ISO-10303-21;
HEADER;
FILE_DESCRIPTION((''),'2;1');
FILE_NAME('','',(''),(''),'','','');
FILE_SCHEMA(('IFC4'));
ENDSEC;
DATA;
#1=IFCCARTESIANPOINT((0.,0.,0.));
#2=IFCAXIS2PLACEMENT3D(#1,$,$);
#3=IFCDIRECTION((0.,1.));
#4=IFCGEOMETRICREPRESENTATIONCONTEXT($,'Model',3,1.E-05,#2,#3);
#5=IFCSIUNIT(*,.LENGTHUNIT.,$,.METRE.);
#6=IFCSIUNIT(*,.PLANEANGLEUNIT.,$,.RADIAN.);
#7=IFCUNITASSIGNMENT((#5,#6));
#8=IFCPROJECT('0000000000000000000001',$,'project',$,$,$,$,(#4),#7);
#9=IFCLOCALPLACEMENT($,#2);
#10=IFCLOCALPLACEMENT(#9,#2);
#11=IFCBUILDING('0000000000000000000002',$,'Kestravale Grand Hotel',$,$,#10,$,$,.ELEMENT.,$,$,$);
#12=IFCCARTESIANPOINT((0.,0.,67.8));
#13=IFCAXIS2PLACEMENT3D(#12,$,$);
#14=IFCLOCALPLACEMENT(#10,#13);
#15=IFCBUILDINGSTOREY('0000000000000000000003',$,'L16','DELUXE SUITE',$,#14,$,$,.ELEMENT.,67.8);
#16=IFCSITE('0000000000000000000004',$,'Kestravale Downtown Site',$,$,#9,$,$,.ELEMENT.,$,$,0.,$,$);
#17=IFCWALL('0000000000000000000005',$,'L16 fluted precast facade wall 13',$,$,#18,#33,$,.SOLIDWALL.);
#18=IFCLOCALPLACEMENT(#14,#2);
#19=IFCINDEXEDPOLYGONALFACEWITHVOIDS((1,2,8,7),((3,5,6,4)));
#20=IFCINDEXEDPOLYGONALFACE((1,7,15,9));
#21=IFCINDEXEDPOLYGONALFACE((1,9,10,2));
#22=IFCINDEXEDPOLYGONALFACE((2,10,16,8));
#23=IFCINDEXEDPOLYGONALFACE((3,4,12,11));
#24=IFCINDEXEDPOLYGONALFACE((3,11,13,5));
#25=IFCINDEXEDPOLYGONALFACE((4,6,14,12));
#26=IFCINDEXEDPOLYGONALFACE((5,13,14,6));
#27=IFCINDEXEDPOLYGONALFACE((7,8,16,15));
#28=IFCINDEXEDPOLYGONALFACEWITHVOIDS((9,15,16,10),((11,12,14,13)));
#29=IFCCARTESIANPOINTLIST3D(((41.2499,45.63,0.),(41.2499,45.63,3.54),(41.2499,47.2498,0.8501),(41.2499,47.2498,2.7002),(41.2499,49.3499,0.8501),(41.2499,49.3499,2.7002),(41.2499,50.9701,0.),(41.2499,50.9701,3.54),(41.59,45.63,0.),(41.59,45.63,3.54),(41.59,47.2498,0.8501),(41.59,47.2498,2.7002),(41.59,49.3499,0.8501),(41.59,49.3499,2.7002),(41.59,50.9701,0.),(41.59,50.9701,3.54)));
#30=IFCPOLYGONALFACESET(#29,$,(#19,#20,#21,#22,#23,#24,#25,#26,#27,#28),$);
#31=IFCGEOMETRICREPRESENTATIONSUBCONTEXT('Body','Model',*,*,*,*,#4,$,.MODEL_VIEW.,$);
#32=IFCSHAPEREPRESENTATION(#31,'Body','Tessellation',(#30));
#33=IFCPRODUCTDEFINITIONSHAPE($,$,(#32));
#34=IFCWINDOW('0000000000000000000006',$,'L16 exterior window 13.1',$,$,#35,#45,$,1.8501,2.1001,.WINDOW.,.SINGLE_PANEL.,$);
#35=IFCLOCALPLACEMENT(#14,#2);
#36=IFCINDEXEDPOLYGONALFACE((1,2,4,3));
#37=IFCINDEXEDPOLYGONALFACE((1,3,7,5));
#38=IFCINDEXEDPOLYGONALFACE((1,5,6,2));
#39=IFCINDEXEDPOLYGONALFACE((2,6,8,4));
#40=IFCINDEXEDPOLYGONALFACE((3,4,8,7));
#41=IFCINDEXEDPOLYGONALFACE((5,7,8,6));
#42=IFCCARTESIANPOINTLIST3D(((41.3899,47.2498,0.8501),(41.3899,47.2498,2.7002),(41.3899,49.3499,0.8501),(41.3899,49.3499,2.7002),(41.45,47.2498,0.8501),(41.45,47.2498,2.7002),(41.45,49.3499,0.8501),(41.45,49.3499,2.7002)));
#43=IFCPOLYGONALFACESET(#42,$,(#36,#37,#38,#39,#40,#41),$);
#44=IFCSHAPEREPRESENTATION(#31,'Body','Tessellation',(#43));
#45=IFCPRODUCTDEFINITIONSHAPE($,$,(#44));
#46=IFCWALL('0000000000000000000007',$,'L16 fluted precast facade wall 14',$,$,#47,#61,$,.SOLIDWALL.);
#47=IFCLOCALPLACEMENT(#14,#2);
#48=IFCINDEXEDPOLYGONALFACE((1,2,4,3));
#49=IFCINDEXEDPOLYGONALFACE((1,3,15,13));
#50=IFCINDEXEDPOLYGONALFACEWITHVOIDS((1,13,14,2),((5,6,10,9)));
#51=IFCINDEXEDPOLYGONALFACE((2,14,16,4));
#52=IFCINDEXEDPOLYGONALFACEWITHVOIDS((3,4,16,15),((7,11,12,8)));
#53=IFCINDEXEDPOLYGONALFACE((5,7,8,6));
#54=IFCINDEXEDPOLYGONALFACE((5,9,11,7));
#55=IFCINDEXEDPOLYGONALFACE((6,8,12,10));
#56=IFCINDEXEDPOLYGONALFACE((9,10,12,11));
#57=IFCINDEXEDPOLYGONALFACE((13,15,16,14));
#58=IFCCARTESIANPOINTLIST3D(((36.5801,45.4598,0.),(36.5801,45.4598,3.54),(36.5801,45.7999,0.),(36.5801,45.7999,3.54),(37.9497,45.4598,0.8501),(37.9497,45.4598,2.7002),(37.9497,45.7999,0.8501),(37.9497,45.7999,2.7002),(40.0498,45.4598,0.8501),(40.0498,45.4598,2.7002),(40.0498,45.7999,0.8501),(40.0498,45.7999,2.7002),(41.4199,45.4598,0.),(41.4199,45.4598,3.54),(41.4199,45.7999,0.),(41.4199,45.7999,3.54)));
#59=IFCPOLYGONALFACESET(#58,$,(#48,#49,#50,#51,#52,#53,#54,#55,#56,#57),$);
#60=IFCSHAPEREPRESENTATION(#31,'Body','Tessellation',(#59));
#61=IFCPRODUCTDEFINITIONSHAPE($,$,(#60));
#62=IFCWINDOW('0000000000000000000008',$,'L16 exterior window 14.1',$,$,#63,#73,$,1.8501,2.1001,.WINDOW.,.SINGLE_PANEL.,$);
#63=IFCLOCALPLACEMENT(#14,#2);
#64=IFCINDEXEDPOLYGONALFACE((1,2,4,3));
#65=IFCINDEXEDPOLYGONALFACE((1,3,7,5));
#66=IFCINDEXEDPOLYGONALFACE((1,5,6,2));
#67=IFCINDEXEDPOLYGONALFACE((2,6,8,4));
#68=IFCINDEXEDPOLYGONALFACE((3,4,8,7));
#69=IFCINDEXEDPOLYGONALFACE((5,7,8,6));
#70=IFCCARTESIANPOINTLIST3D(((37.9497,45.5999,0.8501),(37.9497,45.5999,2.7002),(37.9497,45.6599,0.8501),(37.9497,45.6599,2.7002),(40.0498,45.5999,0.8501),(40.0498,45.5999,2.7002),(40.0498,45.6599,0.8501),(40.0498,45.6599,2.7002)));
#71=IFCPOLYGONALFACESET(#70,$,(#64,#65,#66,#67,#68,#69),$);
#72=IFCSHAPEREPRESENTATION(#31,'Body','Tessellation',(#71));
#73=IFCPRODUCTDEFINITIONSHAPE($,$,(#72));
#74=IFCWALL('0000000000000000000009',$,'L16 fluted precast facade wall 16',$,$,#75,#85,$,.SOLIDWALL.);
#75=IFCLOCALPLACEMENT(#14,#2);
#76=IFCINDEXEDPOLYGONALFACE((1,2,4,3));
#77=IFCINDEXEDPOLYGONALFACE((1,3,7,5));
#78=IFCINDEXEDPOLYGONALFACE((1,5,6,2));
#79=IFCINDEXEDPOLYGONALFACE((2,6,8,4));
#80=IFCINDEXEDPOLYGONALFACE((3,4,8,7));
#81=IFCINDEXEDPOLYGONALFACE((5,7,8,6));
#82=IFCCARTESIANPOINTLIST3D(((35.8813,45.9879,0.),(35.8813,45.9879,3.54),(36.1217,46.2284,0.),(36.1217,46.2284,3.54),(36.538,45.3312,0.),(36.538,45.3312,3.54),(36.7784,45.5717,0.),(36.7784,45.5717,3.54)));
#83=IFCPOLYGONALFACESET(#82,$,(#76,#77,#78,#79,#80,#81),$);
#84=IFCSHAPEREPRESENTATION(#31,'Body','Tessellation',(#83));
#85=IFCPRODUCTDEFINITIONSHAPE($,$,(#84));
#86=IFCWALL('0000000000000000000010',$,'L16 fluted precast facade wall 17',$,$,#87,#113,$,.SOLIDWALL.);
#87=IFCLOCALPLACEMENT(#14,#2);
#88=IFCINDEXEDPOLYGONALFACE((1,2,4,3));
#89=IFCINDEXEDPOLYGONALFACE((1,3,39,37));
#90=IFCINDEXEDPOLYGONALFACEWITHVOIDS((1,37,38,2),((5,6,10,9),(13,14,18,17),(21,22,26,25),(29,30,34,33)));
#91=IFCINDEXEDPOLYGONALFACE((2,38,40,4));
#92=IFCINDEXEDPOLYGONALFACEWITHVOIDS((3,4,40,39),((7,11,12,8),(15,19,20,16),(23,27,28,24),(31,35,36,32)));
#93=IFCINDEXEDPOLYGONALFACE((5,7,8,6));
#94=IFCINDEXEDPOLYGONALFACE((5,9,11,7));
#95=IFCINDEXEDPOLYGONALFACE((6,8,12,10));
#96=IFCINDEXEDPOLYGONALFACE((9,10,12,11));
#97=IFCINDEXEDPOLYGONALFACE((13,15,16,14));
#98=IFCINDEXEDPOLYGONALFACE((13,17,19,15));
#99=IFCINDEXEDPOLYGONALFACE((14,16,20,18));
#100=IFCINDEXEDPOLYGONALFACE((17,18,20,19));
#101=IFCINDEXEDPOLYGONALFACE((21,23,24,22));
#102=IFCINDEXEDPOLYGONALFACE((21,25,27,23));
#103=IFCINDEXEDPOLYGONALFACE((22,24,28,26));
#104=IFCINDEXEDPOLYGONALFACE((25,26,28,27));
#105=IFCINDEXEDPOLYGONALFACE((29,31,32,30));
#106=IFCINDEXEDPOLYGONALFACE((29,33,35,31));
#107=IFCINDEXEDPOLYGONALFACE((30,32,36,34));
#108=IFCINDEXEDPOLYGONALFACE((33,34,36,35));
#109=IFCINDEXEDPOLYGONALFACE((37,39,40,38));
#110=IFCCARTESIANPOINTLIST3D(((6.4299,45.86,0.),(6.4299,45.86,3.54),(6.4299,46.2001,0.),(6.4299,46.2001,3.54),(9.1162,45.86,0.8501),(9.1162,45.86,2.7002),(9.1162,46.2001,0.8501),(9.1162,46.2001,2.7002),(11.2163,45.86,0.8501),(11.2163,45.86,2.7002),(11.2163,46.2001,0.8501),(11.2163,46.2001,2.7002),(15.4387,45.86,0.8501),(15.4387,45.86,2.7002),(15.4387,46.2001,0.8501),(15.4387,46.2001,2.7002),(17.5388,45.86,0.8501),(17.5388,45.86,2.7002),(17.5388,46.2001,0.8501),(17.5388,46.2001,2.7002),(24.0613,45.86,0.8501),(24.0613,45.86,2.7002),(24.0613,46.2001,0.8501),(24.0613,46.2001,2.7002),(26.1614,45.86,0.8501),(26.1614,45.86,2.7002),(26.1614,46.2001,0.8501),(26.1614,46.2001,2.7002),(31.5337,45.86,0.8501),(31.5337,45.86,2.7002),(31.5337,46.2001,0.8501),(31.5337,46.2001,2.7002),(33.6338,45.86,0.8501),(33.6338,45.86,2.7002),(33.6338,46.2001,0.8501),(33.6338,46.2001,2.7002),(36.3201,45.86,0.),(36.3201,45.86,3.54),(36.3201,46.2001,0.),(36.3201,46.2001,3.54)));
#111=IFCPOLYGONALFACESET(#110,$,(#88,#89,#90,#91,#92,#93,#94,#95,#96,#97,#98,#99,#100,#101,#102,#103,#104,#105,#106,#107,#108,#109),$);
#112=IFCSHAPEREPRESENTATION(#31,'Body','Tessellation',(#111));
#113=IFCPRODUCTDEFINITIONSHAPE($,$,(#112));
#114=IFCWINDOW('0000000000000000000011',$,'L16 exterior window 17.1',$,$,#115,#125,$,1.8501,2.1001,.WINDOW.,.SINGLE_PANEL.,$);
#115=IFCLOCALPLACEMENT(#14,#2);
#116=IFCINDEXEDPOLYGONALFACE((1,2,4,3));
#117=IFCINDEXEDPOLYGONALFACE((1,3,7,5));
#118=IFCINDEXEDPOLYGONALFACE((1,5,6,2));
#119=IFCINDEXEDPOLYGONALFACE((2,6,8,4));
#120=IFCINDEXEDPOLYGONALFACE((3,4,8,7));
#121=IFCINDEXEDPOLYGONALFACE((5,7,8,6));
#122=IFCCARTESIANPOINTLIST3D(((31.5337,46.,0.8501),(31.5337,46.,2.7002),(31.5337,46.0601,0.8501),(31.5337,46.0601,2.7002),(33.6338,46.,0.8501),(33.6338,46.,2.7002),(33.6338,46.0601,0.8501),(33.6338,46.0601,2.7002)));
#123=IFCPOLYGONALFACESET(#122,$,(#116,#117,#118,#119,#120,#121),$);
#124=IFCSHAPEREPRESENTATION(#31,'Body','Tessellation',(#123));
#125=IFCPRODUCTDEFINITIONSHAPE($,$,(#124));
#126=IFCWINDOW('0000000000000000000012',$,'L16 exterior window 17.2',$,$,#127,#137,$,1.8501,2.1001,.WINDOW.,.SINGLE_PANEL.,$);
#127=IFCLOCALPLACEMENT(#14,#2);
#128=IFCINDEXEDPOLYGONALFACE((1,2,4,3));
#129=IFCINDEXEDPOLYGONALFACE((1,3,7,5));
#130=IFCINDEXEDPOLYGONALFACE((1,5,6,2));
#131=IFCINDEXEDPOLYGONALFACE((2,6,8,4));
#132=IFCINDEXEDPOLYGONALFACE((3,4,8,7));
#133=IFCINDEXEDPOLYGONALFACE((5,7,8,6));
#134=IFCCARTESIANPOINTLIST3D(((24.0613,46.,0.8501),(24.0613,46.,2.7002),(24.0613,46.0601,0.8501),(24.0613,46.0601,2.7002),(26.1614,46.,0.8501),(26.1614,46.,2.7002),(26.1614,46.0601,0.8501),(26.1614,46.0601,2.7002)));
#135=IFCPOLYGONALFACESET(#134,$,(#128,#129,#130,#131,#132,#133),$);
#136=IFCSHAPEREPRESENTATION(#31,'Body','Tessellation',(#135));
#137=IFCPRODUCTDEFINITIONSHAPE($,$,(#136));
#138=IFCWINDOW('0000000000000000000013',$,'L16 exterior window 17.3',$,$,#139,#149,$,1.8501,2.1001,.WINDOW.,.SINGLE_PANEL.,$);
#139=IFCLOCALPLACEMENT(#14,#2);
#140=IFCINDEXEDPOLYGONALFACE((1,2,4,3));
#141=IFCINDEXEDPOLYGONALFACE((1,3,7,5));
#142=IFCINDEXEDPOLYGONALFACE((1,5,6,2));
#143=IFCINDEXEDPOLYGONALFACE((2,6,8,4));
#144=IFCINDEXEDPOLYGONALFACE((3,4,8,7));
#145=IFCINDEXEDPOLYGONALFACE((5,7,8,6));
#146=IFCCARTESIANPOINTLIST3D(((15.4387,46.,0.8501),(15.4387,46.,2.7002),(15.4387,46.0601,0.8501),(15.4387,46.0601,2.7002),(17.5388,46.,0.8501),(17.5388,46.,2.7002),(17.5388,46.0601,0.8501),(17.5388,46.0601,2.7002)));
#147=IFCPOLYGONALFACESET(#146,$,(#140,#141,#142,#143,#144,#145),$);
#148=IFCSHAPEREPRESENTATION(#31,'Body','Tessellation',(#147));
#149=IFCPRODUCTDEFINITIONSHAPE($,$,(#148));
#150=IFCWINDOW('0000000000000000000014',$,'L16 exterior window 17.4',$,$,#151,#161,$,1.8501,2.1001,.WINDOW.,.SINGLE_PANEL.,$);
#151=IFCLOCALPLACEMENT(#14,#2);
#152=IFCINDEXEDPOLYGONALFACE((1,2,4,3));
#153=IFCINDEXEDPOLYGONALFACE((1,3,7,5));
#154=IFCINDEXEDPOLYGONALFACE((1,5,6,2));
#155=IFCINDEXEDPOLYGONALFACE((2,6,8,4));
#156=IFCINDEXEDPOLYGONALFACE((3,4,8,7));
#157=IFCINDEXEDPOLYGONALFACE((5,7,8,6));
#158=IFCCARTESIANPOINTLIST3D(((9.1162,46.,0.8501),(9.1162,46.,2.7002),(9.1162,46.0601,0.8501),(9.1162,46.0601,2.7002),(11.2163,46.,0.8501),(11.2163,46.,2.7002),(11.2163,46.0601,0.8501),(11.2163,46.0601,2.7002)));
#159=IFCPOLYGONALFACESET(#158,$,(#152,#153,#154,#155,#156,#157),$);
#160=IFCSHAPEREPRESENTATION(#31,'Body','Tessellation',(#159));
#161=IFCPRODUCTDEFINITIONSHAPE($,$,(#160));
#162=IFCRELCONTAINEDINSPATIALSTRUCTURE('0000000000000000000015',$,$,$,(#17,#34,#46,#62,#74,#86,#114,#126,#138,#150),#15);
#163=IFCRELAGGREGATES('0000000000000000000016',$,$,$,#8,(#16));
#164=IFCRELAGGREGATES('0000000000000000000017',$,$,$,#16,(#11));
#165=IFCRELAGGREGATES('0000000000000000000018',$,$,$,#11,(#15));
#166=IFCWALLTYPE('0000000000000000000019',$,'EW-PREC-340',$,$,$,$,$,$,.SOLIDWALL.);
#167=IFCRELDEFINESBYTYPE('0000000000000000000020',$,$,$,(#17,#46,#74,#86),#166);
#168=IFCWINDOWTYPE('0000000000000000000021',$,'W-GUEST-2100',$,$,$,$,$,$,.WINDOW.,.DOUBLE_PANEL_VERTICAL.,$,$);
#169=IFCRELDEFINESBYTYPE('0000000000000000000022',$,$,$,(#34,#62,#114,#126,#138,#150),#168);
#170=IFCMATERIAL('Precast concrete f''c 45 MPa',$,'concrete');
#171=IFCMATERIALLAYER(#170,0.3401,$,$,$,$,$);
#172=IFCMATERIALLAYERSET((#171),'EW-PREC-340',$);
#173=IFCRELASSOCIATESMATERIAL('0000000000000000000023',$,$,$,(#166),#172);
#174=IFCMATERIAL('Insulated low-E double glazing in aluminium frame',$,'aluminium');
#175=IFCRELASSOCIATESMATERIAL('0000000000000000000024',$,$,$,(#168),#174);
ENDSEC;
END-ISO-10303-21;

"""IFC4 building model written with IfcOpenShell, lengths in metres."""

from ifc_helpers import new_model, si_unit, direction, frame, frame_2d, origin, place, context, subcontext, project, spatial, rectangle, extrude, material, layer, layer_set, type_object, element, fill, save


model = new_model("IFC4")

# Units and contexts
model_context = context("Model", 3, precision=1e-05, world=origin(), true_north=direction((0.0, 1.0)))
body_context = subcontext(model_context, "Body", "Model", "MODEL_VIEW")
ifc_project = project(units=[si_unit("LENGTHUNIT", "METRE"), si_unit("PLANEANGLEUNIT", "RADIAN")], contexts=[model_context])

# Site, building, storey
site_placement = place(None, origin())
site = spatial("IfcSite", under=ifc_project, at=site_placement, Name="Kestravale Downtown Site", CompositionType="ELEMENT", RefElevation=0.0)
building_placement = place(site_placement, origin())
building = spatial("IfcBuilding", under=site, at=building_placement, Name="Kestravale Grand Hotel", CompositionType="ELEMENT")
storey_placement = place(building_placement, frame((0.0, 0.0, 67.8)))
storey = spatial("IfcBuildingStorey", under=building, at=storey_placement, Name="L16", Description="DELUXE SUITE", CompositionType="ELEMENT", Elevation=67.8)

# Shared definitions
ifc_material_1 = material(Name="Precast concrete f'c 45 MPa", Category="concrete")
ifc_layer_1 = layer(ifc_material_1, 0.3401)
ifc_layer_set_1 = layer_set([ifc_layer_1], Name="EW-PREC-340")
wall_type_1 = type_object("IfcWallType", Name="EW-PREC-340", PredefinedType="SOLIDWALL", material=ifc_layer_set_1)

# Walls, openings, windows
wall_1_placement = place(storey_placement, frame((41.4199, 50.97, 0.0), z_axis=(0.0, 0.0, 1.0), x_axis=(0.0, -1.0, 0.0)))
wall_1 = element("IfcWall", 1, at=wall_1_placement, inside=storey, type_object=wall_type_1, Name="L16 fluted precast facade wall 13", PredefinedType="SOLIDWALL", context=body_context, shape_type="SweptSolid", body=[
    extrude(rectangle(XDim=5.3401, YDim=0.3401, at=frame_2d((2.6699, 0.0))), origin(), (0.0, 0.0, 1.0), 3.54),
])
opening_1_placement = place(wall_1_placement, frame((1.6201, 0.0, 0.8501)))
opening_1 = element("IfcOpeningElement", 2, at=opening_1_placement, cuts=wall_1, PredefinedType="OPENING", context=body_context, shape_type="SweptSolid", body=[
    extrude(rectangle(XDim=2.1001, YDim=1.8501, at=frame_2d((1.05, 0.925))), frame((0.0, 0.1799, 0.0), z_axis=(0.0, -1.0, 0.0), x_axis=(1.0, 0.0, 0.0)), (0.0, 0.0, 1.0), 0.3601),
])
ifc_material_2 = material(Name="Insulated low-E double glazing in aluminium frame", Category="aluminium")
window_type = type_object("IfcWindowType", Name="W-GUEST-2100", PartitioningType="DOUBLE_PANEL_VERTICAL", PredefinedType="WINDOW", material=ifc_material_2)
window_1_placement = place(opening_1_placement, origin())
window_1 = element("IfcWindow", 3, at=window_1_placement, inside=storey, type_object=window_type, Name="L16 exterior window 13.1", OverallHeight=1.8501, OverallWidth=2.1001, PartitioningType="SINGLE_PANEL", PredefinedType="WINDOW", context=body_context, shape_type="SweptSolid", body=[
    extrude(rectangle(XDim=2.1001, YDim=1.8501, at=frame_2d((1.05, 0.925))), frame((0.0, 0.03, 0.0), z_axis=(0.0, -1.0, 0.0), x_axis=(1.0, 0.0, 0.0)), (0.0, 0.0, 1.0), 0.0601),
])
fill(opening_1, window_1)
wall_2_placement = place(storey_placement, frame((41.4199, 45.6299, 0.0), z_axis=(0.0, 0.0, 1.0), x_axis=(-1.0, 0.0, 0.0)))
wall_2 = element("IfcWall", 4, at=wall_2_placement, inside=storey, type_object=wall_type_1, Name="L16 fluted precast facade wall 14", PredefinedType="SOLIDWALL", context=body_context, shape_type="SweptSolid", body=[
    extrude(rectangle(XDim=4.8398, YDim=0.3401, at=frame_2d((2.4199, 0.0))), origin(), (0.0, 0.0, 1.0), 3.54),
])
opening_2_placement = place(wall_2_placement, frame((1.3701, 0.0, 0.8501)))
opening_2 = element("IfcOpeningElement", 5, at=opening_2_placement, cuts=wall_2, PredefinedType="OPENING", context=body_context, shape_type="SweptSolid", body=[
    extrude(rectangle(XDim=2.1001, YDim=1.8501, at=frame_2d((1.05, 0.925))), frame((0.0, 0.1799, 0.0), z_axis=(0.0, -1.0, 0.0), x_axis=(1.0, 0.0, 0.0)), (0.0, 0.0, 1.0), 0.3601),
])
window_2_placement = place(opening_2_placement, origin())
window_2 = element("IfcWindow", 6, at=window_2_placement, inside=storey, type_object=window_type, Name="L16 exterior window 14.1", OverallHeight=1.8501, OverallWidth=2.1001, PartitioningType="SINGLE_PANEL", PredefinedType="WINDOW", context=body_context, shape_type="SweptSolid", body=[
    extrude(rectangle(XDim=2.1001, YDim=1.8501, at=frame_2d((1.05, 0.925))), frame((0.0, 0.03, 0.0), z_axis=(0.0, -1.0, 0.0), x_axis=(1.0, 0.0, 0.0)), (0.0, 0.0, 1.0), 0.0601),
])
fill(opening_2, window_2)

# Wall
wall_3_placement = place(storey_placement, frame((36.6582, 45.4514, 0.0), z_axis=(0.0, 0.0, 1.0), x_axis=(-0.707107, 0.707107, 0.0)))
element("IfcWall", 7, at=wall_3_placement, inside=storey, type_object=wall_type_1, Name="L16 fluted precast facade wall 16", PredefinedType="SOLIDWALL", context=body_context, shape_type="SweptSolid", body=[
    extrude(rectangle(XDim=0.9287, YDim=0.3401, at=frame_2d((0.4644, 0.0))), origin(), (0.0, 0.0, 1.0), 3.54),
])

# Wall, openings, windows
wall_4_placement = place(storey_placement, frame((36.3201, 46.03, 0.0), z_axis=(0.0, 0.0, 1.0), x_axis=(-1.0, 0.0, 0.0)))
wall_4 = element("IfcWall", 8, at=wall_4_placement, inside=storey, type_object=wall_type_1, Name="L16 fluted precast facade wall 17", PredefinedType="SOLIDWALL", context=body_context, shape_type="SweptSolid", body=[
    extrude(rectangle(XDim=29.8901, YDim=0.3401, at=frame_2d((14.9451, 0.0))), origin(), (0.0, 0.0, 1.0), 3.54),
])
opening_3_placement = place(wall_4_placement, frame((2.6863, 0.0, 0.8501)))
opening_3 = element("IfcOpeningElement", 9, at=opening_3_placement, cuts=wall_4, PredefinedType="OPENING", context=body_context, shape_type="SweptSolid", body=[
    extrude(rectangle(XDim=2.1001, YDim=1.8501, at=frame_2d((1.05, 0.925))), frame((0.0, 0.1799, 0.0), z_axis=(0.0, -1.0, 0.0), x_axis=(1.0, 0.0, 0.0)), (0.0, 0.0, 1.0), 0.3601),
])
opening_4_placement = place(wall_4_placement, frame((10.1587, 0.0, 0.8501)))
opening_4 = element("IfcOpeningElement", 10, at=opening_4_placement, cuts=wall_4, PredefinedType="OPENING", context=body_context, shape_type="SweptSolid", body=[
    extrude(rectangle(XDim=2.1001, YDim=1.8501, at=frame_2d((1.05, 0.925))), frame((0.0, 0.1799, 0.0), z_axis=(0.0, -1.0, 0.0), x_axis=(1.0, 0.0, 0.0)), (0.0, 0.0, 1.0), 0.3601),
])
opening_5_placement = place(wall_4_placement, frame((18.7812, 0.0, 0.8501)))
opening_5 = element("IfcOpeningElement", 11, at=opening_5_placement, cuts=wall_4, PredefinedType="OPENING", context=body_context, shape_type="SweptSolid", body=[
    extrude(rectangle(XDim=2.1001, YDim=1.8501, at=frame_2d((1.05, 0.925))), frame((0.0, 0.1799, 0.0), z_axis=(0.0, -1.0, 0.0), x_axis=(1.0, 0.0, 0.0)), (0.0, 0.0, 1.0), 0.3601),
])
opening_6_placement = place(wall_4_placement, frame((25.1038, 0.0, 0.8501)))
opening_6 = element("IfcOpeningElement", 12, at=opening_6_placement, cuts=wall_4, PredefinedType="OPENING", context=body_context, shape_type="SweptSolid", body=[
    extrude(rectangle(XDim=2.1001, YDim=1.8501, at=frame_2d((1.05, 0.925))), frame((0.0, 0.1799, 0.0), z_axis=(0.0, -1.0, 0.0), x_axis=(1.0, 0.0, 0.0)), (0.0, 0.0, 1.0), 0.3601),
])
window_3_placement = place(opening_3_placement, origin())
window_3 = element("IfcWindow", 13, at=window_3_placement, inside=storey, type_object=window_type, Name="L16 exterior window 17.1", OverallHeight=1.8501, OverallWidth=2.1001, PartitioningType="SINGLE_PANEL", PredefinedType="WINDOW", context=body_context, shape_type="SweptSolid", body=[
    extrude(rectangle(XDim=2.1001, YDim=1.8501, at=frame_2d((1.05, 0.925))), frame((0.0, 0.03, 0.0), z_axis=(0.0, -1.0, 0.0), x_axis=(1.0, 0.0, 0.0)), (0.0, 0.0, 1.0), 0.0601),
])
fill(opening_3, window_3)
window_4_placement = place(opening_4_placement, origin())
window_4 = element("IfcWindow", 14, at=window_4_placement, inside=storey, type_object=window_type, Name="L16 exterior window 17.2", OverallHeight=1.8501, OverallWidth=2.1001, PartitioningType="SINGLE_PANEL", PredefinedType="WINDOW", context=body_context, shape_type="SweptSolid", body=[
    extrude(rectangle(XDim=2.1001, YDim=1.8501, at=frame_2d((1.05, 0.925))), frame((0.0, 0.03, 0.0), z_axis=(0.0, -1.0, 0.0), x_axis=(1.0, 0.0, 0.0)), (0.0, 0.0, 1.0), 0.0601),
])
fill(opening_4, window_4)
window_5_placement = place(opening_5_placement, origin())
window_5 = element("IfcWindow", 15, at=window_5_placement, inside=storey, type_object=window_type, Name="L16 exterior window 17.3", OverallHeight=1.8501, OverallWidth=2.1001, PartitioningType="SINGLE_PANEL", PredefinedType="WINDOW", context=body_context, shape_type="SweptSolid", body=[
    extrude(rectangle(XDim=2.1001, YDim=1.8501, at=frame_2d((1.05, 0.925))), frame((0.0, 0.03, 0.0), z_axis=(0.0, -1.0, 0.0), x_axis=(1.0, 0.0, 0.0)), (0.0, 0.0, 1.0), 0.0601),
])
fill(opening_5, window_5)
window_6_placement = place(opening_6_placement, origin())
window_6 = element("IfcWindow", 16, at=window_6_placement, inside=storey, type_object=window_type, Name="L16 exterior window 17.4", OverallHeight=1.8501, OverallWidth=2.1001, PartitioningType="SINGLE_PANEL", PredefinedType="WINDOW", context=body_context, shape_type="SweptSolid", body=[
    extrude(rectangle(XDim=2.1001, YDim=1.8501, at=frame_2d((1.05, 0.925))), frame((0.0, 0.03, 0.0), z_axis=(0.0, -1.0, 0.0), x_axis=(1.0, 0.0, 0.0)), (0.0, 0.0, 1.0), 0.0601),
])
fill(opening_6, window_6)

save(model, "model.ifc")
